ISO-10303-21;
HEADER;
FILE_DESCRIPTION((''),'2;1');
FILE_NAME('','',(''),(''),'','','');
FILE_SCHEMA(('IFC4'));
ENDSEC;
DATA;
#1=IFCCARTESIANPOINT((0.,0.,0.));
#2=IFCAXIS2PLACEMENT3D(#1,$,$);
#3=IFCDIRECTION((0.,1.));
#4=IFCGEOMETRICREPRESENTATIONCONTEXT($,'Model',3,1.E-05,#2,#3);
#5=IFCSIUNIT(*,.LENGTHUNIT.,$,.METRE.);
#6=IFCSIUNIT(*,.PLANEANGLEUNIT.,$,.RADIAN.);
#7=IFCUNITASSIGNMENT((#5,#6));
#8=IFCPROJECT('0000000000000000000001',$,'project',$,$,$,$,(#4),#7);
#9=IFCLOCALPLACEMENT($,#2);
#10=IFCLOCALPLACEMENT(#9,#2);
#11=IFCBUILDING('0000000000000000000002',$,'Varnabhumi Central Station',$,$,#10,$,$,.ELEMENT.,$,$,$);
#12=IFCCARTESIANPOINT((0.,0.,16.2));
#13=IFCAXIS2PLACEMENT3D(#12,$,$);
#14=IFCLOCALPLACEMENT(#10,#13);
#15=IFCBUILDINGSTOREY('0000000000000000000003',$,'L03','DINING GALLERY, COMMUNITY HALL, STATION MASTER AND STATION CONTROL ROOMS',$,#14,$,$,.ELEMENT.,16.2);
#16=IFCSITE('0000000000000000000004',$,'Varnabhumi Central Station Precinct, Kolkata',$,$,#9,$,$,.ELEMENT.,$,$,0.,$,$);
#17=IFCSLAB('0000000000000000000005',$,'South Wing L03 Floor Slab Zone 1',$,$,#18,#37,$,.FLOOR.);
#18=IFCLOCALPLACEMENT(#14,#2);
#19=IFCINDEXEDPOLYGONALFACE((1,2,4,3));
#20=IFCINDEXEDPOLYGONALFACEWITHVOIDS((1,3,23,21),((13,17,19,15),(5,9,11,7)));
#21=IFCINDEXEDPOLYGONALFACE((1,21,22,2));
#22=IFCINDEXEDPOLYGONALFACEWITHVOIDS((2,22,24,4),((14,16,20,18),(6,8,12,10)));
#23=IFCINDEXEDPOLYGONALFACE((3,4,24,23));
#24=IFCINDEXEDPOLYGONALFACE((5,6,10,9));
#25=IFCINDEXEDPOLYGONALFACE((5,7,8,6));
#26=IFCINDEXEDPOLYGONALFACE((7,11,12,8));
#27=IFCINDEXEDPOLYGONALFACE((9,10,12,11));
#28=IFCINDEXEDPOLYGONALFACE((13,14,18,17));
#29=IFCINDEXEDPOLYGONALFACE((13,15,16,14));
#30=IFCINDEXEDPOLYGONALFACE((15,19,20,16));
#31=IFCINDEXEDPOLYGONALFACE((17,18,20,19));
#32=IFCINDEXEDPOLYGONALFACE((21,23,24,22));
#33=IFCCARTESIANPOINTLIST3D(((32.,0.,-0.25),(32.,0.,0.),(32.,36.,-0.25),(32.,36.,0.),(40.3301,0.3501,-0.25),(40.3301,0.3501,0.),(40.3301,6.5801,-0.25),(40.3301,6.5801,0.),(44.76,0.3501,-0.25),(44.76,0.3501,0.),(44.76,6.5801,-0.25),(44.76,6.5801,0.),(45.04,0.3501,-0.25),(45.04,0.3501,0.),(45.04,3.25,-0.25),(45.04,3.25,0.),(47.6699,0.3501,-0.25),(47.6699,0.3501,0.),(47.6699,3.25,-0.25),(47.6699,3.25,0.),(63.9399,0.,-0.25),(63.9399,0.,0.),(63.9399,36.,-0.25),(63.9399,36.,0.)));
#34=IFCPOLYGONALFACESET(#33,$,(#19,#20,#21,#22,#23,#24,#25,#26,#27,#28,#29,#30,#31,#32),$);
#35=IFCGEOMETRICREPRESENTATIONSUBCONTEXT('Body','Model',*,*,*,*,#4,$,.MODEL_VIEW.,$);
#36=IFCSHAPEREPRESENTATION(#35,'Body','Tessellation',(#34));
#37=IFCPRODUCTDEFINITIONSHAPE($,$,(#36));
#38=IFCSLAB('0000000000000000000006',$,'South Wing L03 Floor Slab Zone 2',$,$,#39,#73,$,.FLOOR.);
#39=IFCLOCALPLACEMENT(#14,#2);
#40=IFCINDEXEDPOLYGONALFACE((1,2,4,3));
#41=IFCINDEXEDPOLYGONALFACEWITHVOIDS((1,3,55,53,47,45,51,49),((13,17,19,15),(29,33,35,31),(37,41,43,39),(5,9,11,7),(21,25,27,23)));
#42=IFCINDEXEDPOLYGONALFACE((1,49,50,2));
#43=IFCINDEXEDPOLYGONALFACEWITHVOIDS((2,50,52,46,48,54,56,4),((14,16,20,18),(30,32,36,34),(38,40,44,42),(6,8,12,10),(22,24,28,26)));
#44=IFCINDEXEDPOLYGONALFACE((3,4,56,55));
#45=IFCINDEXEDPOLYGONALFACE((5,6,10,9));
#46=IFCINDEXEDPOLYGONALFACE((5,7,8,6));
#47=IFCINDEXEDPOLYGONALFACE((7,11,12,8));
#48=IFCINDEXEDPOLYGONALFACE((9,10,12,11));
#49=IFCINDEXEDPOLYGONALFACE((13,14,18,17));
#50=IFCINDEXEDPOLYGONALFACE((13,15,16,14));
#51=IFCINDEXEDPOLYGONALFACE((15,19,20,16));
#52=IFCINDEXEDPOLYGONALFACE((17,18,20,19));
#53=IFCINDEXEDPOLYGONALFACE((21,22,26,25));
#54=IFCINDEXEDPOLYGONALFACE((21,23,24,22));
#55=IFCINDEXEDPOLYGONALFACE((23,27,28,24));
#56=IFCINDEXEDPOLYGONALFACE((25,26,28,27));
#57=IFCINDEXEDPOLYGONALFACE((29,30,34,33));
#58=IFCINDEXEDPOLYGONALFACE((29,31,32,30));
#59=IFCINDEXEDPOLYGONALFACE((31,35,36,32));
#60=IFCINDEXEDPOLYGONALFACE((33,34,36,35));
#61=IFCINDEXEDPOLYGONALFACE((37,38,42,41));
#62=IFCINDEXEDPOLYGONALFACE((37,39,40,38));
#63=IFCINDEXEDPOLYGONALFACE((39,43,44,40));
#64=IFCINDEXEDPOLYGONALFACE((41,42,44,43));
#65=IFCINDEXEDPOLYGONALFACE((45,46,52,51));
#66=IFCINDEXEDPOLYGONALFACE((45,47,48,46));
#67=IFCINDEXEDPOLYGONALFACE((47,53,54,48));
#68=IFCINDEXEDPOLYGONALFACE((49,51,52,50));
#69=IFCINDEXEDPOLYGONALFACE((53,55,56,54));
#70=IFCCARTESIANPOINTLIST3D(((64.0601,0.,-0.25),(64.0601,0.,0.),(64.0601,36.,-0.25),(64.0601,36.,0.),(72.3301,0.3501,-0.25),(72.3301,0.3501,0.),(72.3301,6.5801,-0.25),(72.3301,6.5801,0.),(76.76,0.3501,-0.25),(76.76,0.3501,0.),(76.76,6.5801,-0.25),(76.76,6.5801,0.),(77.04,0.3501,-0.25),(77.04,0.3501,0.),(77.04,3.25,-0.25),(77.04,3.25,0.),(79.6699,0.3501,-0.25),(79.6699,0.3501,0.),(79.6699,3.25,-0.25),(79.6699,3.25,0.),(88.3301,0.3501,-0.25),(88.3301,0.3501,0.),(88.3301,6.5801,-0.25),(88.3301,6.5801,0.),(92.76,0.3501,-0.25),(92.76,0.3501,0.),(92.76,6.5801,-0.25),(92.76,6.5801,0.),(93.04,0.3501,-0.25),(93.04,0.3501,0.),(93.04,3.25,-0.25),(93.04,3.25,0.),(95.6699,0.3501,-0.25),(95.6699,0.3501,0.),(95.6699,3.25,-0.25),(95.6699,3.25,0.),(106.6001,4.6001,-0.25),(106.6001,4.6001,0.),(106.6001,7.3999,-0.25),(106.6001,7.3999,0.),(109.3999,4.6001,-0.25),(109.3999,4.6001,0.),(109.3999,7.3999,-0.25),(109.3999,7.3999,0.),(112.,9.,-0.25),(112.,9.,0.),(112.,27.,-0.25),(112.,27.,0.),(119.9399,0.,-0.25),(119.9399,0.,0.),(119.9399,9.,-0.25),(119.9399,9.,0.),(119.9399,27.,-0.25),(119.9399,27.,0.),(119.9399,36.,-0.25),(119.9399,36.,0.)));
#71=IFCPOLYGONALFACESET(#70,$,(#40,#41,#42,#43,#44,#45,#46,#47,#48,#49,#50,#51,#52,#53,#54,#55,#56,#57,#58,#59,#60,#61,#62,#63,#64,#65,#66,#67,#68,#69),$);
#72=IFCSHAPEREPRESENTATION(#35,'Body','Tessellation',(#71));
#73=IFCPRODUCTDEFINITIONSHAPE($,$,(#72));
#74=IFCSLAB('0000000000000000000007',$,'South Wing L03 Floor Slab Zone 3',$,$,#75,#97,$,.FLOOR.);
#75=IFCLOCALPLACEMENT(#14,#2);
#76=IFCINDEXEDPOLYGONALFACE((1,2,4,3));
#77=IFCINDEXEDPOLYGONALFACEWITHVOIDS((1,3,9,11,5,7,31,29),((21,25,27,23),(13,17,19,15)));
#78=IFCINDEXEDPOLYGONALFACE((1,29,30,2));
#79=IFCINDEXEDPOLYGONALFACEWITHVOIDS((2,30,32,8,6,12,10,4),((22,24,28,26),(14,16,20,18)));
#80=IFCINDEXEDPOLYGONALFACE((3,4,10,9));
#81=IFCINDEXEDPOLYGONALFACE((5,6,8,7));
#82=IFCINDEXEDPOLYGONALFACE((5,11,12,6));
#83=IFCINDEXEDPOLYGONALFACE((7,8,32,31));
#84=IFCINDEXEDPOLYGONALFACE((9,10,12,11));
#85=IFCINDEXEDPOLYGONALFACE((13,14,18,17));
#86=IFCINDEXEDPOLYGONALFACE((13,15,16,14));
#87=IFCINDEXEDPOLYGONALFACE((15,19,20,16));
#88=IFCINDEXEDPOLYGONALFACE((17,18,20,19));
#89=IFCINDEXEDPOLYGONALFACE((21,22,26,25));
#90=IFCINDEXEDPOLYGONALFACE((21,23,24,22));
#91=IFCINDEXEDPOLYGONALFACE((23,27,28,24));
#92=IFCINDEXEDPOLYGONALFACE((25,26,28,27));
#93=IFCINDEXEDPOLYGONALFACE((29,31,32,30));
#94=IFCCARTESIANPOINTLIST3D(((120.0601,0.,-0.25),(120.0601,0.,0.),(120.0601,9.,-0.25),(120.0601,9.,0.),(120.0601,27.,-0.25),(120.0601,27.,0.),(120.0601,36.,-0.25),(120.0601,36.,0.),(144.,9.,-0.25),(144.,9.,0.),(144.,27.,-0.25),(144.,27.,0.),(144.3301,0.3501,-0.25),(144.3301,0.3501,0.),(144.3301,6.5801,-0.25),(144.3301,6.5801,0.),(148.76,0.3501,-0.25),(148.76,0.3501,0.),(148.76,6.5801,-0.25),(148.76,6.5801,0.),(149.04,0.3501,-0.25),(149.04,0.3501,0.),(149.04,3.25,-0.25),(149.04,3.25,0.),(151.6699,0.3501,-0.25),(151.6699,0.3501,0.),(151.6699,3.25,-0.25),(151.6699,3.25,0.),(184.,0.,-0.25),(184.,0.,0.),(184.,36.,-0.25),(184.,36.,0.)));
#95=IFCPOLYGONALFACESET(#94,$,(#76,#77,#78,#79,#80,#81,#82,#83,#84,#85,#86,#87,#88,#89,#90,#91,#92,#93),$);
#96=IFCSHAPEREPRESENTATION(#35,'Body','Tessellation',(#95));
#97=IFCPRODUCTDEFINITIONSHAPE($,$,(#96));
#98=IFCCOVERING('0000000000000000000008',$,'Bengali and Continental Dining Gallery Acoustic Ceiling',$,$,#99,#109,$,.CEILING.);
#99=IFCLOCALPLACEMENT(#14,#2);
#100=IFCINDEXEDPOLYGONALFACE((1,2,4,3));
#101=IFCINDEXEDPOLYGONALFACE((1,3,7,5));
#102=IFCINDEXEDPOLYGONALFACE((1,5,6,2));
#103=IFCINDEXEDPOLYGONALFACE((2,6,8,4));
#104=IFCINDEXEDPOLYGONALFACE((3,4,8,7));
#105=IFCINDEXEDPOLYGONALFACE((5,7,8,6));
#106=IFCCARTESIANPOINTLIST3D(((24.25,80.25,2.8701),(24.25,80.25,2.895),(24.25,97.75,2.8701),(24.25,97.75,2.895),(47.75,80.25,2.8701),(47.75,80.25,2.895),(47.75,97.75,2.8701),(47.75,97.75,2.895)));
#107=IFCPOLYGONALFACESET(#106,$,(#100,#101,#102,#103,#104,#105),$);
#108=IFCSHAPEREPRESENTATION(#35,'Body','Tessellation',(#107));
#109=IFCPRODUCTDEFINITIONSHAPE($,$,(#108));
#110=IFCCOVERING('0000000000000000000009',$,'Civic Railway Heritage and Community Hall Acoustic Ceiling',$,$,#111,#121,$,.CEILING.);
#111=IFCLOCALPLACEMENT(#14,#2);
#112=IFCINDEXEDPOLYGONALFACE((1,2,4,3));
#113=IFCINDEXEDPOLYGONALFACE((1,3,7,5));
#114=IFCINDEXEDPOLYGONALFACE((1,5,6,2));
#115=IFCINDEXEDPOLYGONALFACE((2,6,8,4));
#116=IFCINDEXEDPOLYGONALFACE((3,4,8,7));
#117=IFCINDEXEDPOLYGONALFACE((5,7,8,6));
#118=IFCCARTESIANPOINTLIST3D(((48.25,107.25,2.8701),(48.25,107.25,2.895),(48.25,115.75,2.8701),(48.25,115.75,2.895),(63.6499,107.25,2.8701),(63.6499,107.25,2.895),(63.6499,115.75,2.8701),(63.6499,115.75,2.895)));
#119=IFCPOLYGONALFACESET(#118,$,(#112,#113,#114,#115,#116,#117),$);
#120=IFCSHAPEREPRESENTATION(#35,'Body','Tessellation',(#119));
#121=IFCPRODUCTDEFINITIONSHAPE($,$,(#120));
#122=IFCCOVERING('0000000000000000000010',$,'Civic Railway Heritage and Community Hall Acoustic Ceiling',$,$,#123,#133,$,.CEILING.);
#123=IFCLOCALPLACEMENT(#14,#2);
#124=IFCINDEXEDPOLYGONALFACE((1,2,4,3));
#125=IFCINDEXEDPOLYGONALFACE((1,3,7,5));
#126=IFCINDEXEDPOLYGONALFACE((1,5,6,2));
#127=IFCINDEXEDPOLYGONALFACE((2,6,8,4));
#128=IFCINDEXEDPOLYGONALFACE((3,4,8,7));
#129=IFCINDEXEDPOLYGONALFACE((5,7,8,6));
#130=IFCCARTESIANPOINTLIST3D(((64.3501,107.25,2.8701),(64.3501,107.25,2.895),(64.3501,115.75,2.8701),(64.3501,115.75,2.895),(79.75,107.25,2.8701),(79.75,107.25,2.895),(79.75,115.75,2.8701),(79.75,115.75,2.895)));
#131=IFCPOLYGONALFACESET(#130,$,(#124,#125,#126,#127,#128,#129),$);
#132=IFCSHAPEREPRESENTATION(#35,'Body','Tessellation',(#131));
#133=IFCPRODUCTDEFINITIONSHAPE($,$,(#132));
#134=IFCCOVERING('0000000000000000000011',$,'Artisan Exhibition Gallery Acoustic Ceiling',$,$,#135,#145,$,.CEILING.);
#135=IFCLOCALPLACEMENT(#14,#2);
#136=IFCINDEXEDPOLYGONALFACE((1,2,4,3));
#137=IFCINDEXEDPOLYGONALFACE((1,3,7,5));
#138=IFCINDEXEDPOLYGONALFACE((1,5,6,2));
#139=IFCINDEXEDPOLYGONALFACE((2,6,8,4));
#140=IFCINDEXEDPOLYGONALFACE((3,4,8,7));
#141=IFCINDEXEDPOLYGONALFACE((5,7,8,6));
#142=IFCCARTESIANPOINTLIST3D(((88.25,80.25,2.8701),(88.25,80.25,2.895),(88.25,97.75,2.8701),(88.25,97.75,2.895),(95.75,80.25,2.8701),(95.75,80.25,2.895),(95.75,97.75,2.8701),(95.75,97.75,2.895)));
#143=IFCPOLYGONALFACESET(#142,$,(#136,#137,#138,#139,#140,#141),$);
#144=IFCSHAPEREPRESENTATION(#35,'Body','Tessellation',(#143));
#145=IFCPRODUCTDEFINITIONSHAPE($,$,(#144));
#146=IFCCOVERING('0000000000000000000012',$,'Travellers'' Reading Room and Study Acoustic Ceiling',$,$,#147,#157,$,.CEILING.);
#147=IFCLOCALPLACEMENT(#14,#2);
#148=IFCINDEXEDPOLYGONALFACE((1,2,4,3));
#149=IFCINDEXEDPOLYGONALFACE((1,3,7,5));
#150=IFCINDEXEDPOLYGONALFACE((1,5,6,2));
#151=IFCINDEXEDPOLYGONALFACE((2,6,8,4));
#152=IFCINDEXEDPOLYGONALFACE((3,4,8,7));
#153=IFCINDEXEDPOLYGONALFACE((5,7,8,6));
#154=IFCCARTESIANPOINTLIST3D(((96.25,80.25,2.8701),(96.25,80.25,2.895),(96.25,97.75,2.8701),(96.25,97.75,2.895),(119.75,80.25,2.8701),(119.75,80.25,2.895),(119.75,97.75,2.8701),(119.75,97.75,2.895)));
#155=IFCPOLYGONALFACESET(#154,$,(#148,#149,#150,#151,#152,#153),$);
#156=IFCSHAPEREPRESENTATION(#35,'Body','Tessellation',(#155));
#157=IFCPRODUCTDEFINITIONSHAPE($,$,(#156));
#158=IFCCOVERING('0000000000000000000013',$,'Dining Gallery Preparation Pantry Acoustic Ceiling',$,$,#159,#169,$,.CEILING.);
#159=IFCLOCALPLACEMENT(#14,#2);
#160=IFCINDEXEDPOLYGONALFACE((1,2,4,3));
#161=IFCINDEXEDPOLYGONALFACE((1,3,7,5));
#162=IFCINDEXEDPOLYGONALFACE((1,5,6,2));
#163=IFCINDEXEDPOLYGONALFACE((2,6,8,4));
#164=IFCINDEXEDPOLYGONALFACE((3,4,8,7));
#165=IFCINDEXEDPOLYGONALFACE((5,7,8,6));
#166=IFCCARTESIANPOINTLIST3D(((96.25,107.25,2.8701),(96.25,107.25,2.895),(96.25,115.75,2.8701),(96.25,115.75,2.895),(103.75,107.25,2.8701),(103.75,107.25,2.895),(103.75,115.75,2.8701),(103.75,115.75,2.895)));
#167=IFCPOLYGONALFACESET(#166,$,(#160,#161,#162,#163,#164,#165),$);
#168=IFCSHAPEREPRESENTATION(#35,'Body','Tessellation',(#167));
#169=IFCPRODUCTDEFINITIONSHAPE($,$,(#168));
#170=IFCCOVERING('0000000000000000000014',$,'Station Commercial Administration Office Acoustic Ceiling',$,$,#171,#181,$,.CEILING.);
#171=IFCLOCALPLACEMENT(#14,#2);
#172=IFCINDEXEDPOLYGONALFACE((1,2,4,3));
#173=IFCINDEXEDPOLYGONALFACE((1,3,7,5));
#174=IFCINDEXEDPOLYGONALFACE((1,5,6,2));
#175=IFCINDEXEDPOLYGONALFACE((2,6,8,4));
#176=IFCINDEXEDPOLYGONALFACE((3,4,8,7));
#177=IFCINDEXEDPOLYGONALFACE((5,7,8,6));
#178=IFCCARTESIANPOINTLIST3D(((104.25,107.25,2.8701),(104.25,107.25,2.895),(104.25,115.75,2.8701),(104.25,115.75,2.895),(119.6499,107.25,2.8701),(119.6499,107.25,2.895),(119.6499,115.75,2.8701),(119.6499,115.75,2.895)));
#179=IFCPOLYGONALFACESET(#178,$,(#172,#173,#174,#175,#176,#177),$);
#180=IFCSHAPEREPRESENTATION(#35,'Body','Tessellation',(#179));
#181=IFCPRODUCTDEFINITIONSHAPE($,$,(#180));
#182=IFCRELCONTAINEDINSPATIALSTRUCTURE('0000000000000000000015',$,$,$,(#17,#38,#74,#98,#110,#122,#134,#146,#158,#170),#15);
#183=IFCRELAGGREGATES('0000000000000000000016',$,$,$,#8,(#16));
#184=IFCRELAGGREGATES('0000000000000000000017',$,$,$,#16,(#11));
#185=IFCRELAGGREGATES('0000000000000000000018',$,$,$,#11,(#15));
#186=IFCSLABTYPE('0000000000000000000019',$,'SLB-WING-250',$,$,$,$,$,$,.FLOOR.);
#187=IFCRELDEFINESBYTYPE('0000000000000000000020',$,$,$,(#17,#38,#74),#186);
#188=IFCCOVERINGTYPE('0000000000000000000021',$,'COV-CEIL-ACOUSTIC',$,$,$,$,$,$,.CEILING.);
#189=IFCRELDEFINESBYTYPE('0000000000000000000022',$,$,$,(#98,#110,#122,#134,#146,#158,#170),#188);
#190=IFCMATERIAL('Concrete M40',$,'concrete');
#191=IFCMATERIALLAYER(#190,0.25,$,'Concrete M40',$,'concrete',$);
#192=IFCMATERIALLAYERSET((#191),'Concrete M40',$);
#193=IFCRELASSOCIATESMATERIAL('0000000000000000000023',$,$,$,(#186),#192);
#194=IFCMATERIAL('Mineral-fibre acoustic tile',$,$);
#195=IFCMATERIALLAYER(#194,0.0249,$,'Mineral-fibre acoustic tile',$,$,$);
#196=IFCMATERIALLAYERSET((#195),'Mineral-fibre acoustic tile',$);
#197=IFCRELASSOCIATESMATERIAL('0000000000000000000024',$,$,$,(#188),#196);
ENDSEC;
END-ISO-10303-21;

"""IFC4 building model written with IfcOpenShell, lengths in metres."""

from ifc_helpers import new_model, si_unit, direction, frame, origin, place, context, subcontext, project, spatial, polyline, outline, extrude, material, layer, layer_set, type_object, element, save


model = new_model("IFC4")

# Units and contexts
model_context = context("Model", 3, precision=1e-05, world=origin(), true_north=direction((0.0, 1.0)))
body_context = subcontext(model_context, "Body", "Model", "MODEL_VIEW")
ifc_project = project(units=[si_unit("LENGTHUNIT", "METRE"), si_unit("PLANEANGLEUNIT", "RADIAN")], contexts=[model_context])

# Site, building, storey
site_placement = place(None, origin())
site = spatial("IfcSite", under=ifc_project, at=site_placement, Name="Varnabhumi Central Station Precinct, Kolkata", CompositionType="ELEMENT", RefElevation=0.0)
building_placement = place(site_placement, origin())
building = spatial("IfcBuilding", under=site, at=building_placement, Name="Varnabhumi Central Station", CompositionType="ELEMENT")
storey_placement = place(building_placement, frame((0.0, 0.0, 16.2)))
storey = spatial("IfcBuildingStorey", under=building, at=storey_placement, Name="L03", Description="DINING GALLERY, COMMUNITY HALL, STATION MASTER AND STATION CONTROL ROOMS", CompositionType="ELEMENT", Elevation=16.2)

# Shared definitions
ifc_material_1 = material(Name="Concrete M40", Category="concrete")

# Slabs
ifc_layer_1 = layer(ifc_material_1, 0.25, Name="Concrete M40", Category="concrete")
ifc_layer_set_1 = layer_set([ifc_layer_1], Name="Concrete M40")
slab_type_1 = type_object("IfcSlabType", Name="SLB-WING-250", PredefinedType="FLOOR", material=ifc_layer_set_1)
slab_1_placement = place(storey_placement, frame((0.0, 0.0, -0.25)))
element("IfcSlab", 1, at=slab_1_placement, inside=storey, type_object=slab_type_1, Name="South Wing L03 Floor Slab Zone 1", PredefinedType="FLOOR", context=body_context, shape_type="SweptSolid", body=[
    extrude(outline(polyline([(32.0, 0.0), (63.9399, 0.0), (63.9399, 36.0), (32.0, 36.0), (32.0, 0.0)]), holes=[polyline([(40.3301, 0.3501), (44.76, 0.3501), (44.76, 6.5801), (40.3301, 6.5801), (40.3301, 0.3501)]), polyline([(45.04, 0.3501), (47.6699, 0.3501), (47.6699, 3.25), (45.04, 3.25), (45.04, 0.3501)])]), origin(), (0.0, 0.0, 1.0), 0.25),
])
slab_2_placement = place(storey_placement, frame((0.0, 0.0, -0.25)))
element("IfcSlab", 2, at=slab_2_placement, inside=storey, type_object=slab_type_1, Name="South Wing L03 Floor Slab Zone 2", PredefinedType="FLOOR", context=body_context, shape_type="SweptSolid", body=[
    extrude(outline(polyline([(64.0601, 0.0), (119.9399, 0.0), (119.9399, 9.0), (112.0, 9.0), (112.0, 27.0), (119.9399, 27.0), (119.9399, 36.0), (64.0601, 36.0), (64.0601, 0.0)]), holes=[polyline([(88.3301, 0.3501), (92.76, 0.3501), (92.76, 6.5801), (88.3301, 6.5801), (88.3301, 0.3501)]), polyline([(93.04, 0.3501), (95.6699, 0.3501), (95.6699, 3.25), (93.04, 3.25), (93.04, 0.3501)]), polyline([(72.3301, 0.3501), (76.76, 0.3501), (76.76, 6.5801), (72.3301, 6.5801), (72.3301, 0.3501)]), polyline([(77.04, 0.3501), (79.6699, 0.3501), (79.6699, 3.25), (77.04, 3.25), (77.04, 0.3501)]), polyline([(106.6001, 4.6001), (109.3999, 4.6001), (109.3999, 7.3999), (106.6001, 7.3999), (106.6001, 4.6001)])]), origin(), (0.0, 0.0, 1.0), 0.25),
])
slab_3_placement = place(storey_placement, frame((0.0, 0.0, -0.25)))
element("IfcSlab", 3, at=slab_3_placement, inside=storey, type_object=slab_type_1, Name="South Wing L03 Floor Slab Zone 3", PredefinedType="FLOOR", context=body_context, shape_type="SweptSolid", body=[
    extrude(outline(polyline([(120.0601, 0.0), (184.0, 0.0), (184.0, 36.0), (120.0601, 36.0), (120.0601, 27.0), (144.0, 27.0), (144.0, 9.0), (120.0601, 9.0), (120.0601, 0.0)]), holes=[polyline([(144.3301, 0.3501), (148.76, 0.3501), (148.76, 6.5801), (144.3301, 6.5801), (144.3301, 0.3501)]), polyline([(149.04, 0.3501), (151.6699, 0.3501), (151.6699, 3.25), (149.04, 3.25), (149.04, 0.3501)])]), origin(), (0.0, 0.0, 1.0), 0.25),
])

# Coverings
ifc_material_2 = material(Name="Mineral-fibre acoustic tile")
ifc_layer_2 = layer(ifc_material_2, 0.0249, Name="Mineral-fibre acoustic tile")
ifc_layer_set_2 = layer_set([ifc_layer_2], Name="Mineral-fibre acoustic tile")
covering_type_1 = type_object("IfcCoveringType", Name="COV-CEIL-ACOUSTIC", PredefinedType="CEILING", material=ifc_layer_set_2)
covering_1_placement = place(storey_placement, frame((0.0, 0.0, 2.8701)))
element("IfcCovering", 4, at=covering_1_placement, inside=storey, type_object=covering_type_1, Name="Bengali and Continental Dining Gallery Acoustic Ceiling", PredefinedType="CEILING", context=body_context, shape_type="SweptSolid", body=[
    extrude(outline(polyline([(24.25, 80.25), (47.75, 80.25), (47.75, 97.75), (24.25, 97.75), (24.25, 80.25)])), origin(), (0.0, 0.0, 1.0), 0.0249),
])
covering_2_placement = place(storey_placement, frame((0.0, 0.0, 2.8701)))
element("IfcCovering", 5, at=covering_2_placement, inside=storey, type_object=covering_type_1, Name="Civic Railway Heritage and Community Hall Acoustic Ceiling", PredefinedType="CEILING", context=body_context, shape_type="SweptSolid", body=[
    extrude(outline(polyline([(48.25, 107.25), (63.6499, 107.25), (63.6499, 115.75), (48.25, 115.75), (48.25, 107.25)])), origin(), (0.0, 0.0, 1.0), 0.0249),
])
covering_3_placement = place(storey_placement, frame((0.0, 0.0, 2.8701)))
element("IfcCovering", 6, at=covering_3_placement, inside=storey, type_object=covering_type_1, Name="Civic Railway Heritage and Community Hall Acoustic Ceiling", PredefinedType="CEILING", context=body_context, shape_type="SweptSolid", body=[
    extrude(outline(polyline([(64.3501, 107.25), (79.75, 107.25), (79.75, 115.75), (64.3501, 115.75), (64.3501, 107.25)])), origin(), (0.0, 0.0, 1.0), 0.0249),
])
covering_4_placement = place(storey_placement, frame((0.0, 0.0, 2.8701)))
element("IfcCovering", 7, at=covering_4_placement, inside=storey, type_object=covering_type_1, Name="Artisan Exhibition Gallery Acoustic Ceiling", PredefinedType="CEILING", context=body_context, shape_type="SweptSolid", body=[
    extrude(outline(polyline([(88.25, 80.25), (95.75, 80.25), (95.75, 97.75), (88.25, 97.75), (88.25, 80.25)])), origin(), (0.0, 0.0, 1.0), 0.0249),
])
covering_5_placement = place(storey_placement, frame((0.0, 0.0, 2.8701)))
element("IfcCovering", 8, at=covering_5_placement, inside=storey, type_object=covering_type_1, Name="Travellers' Reading Room and Study Acoustic Ceiling", PredefinedType="CEILING", context=body_context, shape_type="SweptSolid", body=[
    extrude(outline(polyline([(96.25, 80.25), (119.75, 80.25), (119.75, 97.75), (96.25, 97.75), (96.25, 80.25)])), origin(), (0.0, 0.0, 1.0), 0.0249),
])
covering_6_placement = place(storey_placement, frame((0.0, 0.0, 2.8701)))
element("IfcCovering", 9, at=covering_6_placement, inside=storey, type_object=covering_type_1, Name="Dining Gallery Preparation Pantry Acoustic Ceiling", PredefinedType="CEILING", context=body_context, shape_type="SweptSolid", body=[
    extrude(outline(polyline([(96.25, 107.25), (103.75, 107.25), (103.75, 115.75), (96.25, 115.75), (96.25, 107.25)])), origin(), (0.0, 0.0, 1.0), 0.0249),
])
covering_7_placement = place(storey_placement, frame((0.0, 0.0, 2.8701)))
element("IfcCovering", 10, at=covering_7_placement, inside=storey, type_object=covering_type_1, Name="Station Commercial Administration Office Acoustic Ceiling", PredefinedType="CEILING", context=body_context, shape_type="SweptSolid", body=[
    extrude(outline(polyline([(104.25, 107.25), (119.6499, 107.25), (119.6499, 115.75), (104.25, 115.75), (104.25, 107.25)])), origin(), (0.0, 0.0, 1.0), 0.0249),
])

save(model, "model.ifc")
